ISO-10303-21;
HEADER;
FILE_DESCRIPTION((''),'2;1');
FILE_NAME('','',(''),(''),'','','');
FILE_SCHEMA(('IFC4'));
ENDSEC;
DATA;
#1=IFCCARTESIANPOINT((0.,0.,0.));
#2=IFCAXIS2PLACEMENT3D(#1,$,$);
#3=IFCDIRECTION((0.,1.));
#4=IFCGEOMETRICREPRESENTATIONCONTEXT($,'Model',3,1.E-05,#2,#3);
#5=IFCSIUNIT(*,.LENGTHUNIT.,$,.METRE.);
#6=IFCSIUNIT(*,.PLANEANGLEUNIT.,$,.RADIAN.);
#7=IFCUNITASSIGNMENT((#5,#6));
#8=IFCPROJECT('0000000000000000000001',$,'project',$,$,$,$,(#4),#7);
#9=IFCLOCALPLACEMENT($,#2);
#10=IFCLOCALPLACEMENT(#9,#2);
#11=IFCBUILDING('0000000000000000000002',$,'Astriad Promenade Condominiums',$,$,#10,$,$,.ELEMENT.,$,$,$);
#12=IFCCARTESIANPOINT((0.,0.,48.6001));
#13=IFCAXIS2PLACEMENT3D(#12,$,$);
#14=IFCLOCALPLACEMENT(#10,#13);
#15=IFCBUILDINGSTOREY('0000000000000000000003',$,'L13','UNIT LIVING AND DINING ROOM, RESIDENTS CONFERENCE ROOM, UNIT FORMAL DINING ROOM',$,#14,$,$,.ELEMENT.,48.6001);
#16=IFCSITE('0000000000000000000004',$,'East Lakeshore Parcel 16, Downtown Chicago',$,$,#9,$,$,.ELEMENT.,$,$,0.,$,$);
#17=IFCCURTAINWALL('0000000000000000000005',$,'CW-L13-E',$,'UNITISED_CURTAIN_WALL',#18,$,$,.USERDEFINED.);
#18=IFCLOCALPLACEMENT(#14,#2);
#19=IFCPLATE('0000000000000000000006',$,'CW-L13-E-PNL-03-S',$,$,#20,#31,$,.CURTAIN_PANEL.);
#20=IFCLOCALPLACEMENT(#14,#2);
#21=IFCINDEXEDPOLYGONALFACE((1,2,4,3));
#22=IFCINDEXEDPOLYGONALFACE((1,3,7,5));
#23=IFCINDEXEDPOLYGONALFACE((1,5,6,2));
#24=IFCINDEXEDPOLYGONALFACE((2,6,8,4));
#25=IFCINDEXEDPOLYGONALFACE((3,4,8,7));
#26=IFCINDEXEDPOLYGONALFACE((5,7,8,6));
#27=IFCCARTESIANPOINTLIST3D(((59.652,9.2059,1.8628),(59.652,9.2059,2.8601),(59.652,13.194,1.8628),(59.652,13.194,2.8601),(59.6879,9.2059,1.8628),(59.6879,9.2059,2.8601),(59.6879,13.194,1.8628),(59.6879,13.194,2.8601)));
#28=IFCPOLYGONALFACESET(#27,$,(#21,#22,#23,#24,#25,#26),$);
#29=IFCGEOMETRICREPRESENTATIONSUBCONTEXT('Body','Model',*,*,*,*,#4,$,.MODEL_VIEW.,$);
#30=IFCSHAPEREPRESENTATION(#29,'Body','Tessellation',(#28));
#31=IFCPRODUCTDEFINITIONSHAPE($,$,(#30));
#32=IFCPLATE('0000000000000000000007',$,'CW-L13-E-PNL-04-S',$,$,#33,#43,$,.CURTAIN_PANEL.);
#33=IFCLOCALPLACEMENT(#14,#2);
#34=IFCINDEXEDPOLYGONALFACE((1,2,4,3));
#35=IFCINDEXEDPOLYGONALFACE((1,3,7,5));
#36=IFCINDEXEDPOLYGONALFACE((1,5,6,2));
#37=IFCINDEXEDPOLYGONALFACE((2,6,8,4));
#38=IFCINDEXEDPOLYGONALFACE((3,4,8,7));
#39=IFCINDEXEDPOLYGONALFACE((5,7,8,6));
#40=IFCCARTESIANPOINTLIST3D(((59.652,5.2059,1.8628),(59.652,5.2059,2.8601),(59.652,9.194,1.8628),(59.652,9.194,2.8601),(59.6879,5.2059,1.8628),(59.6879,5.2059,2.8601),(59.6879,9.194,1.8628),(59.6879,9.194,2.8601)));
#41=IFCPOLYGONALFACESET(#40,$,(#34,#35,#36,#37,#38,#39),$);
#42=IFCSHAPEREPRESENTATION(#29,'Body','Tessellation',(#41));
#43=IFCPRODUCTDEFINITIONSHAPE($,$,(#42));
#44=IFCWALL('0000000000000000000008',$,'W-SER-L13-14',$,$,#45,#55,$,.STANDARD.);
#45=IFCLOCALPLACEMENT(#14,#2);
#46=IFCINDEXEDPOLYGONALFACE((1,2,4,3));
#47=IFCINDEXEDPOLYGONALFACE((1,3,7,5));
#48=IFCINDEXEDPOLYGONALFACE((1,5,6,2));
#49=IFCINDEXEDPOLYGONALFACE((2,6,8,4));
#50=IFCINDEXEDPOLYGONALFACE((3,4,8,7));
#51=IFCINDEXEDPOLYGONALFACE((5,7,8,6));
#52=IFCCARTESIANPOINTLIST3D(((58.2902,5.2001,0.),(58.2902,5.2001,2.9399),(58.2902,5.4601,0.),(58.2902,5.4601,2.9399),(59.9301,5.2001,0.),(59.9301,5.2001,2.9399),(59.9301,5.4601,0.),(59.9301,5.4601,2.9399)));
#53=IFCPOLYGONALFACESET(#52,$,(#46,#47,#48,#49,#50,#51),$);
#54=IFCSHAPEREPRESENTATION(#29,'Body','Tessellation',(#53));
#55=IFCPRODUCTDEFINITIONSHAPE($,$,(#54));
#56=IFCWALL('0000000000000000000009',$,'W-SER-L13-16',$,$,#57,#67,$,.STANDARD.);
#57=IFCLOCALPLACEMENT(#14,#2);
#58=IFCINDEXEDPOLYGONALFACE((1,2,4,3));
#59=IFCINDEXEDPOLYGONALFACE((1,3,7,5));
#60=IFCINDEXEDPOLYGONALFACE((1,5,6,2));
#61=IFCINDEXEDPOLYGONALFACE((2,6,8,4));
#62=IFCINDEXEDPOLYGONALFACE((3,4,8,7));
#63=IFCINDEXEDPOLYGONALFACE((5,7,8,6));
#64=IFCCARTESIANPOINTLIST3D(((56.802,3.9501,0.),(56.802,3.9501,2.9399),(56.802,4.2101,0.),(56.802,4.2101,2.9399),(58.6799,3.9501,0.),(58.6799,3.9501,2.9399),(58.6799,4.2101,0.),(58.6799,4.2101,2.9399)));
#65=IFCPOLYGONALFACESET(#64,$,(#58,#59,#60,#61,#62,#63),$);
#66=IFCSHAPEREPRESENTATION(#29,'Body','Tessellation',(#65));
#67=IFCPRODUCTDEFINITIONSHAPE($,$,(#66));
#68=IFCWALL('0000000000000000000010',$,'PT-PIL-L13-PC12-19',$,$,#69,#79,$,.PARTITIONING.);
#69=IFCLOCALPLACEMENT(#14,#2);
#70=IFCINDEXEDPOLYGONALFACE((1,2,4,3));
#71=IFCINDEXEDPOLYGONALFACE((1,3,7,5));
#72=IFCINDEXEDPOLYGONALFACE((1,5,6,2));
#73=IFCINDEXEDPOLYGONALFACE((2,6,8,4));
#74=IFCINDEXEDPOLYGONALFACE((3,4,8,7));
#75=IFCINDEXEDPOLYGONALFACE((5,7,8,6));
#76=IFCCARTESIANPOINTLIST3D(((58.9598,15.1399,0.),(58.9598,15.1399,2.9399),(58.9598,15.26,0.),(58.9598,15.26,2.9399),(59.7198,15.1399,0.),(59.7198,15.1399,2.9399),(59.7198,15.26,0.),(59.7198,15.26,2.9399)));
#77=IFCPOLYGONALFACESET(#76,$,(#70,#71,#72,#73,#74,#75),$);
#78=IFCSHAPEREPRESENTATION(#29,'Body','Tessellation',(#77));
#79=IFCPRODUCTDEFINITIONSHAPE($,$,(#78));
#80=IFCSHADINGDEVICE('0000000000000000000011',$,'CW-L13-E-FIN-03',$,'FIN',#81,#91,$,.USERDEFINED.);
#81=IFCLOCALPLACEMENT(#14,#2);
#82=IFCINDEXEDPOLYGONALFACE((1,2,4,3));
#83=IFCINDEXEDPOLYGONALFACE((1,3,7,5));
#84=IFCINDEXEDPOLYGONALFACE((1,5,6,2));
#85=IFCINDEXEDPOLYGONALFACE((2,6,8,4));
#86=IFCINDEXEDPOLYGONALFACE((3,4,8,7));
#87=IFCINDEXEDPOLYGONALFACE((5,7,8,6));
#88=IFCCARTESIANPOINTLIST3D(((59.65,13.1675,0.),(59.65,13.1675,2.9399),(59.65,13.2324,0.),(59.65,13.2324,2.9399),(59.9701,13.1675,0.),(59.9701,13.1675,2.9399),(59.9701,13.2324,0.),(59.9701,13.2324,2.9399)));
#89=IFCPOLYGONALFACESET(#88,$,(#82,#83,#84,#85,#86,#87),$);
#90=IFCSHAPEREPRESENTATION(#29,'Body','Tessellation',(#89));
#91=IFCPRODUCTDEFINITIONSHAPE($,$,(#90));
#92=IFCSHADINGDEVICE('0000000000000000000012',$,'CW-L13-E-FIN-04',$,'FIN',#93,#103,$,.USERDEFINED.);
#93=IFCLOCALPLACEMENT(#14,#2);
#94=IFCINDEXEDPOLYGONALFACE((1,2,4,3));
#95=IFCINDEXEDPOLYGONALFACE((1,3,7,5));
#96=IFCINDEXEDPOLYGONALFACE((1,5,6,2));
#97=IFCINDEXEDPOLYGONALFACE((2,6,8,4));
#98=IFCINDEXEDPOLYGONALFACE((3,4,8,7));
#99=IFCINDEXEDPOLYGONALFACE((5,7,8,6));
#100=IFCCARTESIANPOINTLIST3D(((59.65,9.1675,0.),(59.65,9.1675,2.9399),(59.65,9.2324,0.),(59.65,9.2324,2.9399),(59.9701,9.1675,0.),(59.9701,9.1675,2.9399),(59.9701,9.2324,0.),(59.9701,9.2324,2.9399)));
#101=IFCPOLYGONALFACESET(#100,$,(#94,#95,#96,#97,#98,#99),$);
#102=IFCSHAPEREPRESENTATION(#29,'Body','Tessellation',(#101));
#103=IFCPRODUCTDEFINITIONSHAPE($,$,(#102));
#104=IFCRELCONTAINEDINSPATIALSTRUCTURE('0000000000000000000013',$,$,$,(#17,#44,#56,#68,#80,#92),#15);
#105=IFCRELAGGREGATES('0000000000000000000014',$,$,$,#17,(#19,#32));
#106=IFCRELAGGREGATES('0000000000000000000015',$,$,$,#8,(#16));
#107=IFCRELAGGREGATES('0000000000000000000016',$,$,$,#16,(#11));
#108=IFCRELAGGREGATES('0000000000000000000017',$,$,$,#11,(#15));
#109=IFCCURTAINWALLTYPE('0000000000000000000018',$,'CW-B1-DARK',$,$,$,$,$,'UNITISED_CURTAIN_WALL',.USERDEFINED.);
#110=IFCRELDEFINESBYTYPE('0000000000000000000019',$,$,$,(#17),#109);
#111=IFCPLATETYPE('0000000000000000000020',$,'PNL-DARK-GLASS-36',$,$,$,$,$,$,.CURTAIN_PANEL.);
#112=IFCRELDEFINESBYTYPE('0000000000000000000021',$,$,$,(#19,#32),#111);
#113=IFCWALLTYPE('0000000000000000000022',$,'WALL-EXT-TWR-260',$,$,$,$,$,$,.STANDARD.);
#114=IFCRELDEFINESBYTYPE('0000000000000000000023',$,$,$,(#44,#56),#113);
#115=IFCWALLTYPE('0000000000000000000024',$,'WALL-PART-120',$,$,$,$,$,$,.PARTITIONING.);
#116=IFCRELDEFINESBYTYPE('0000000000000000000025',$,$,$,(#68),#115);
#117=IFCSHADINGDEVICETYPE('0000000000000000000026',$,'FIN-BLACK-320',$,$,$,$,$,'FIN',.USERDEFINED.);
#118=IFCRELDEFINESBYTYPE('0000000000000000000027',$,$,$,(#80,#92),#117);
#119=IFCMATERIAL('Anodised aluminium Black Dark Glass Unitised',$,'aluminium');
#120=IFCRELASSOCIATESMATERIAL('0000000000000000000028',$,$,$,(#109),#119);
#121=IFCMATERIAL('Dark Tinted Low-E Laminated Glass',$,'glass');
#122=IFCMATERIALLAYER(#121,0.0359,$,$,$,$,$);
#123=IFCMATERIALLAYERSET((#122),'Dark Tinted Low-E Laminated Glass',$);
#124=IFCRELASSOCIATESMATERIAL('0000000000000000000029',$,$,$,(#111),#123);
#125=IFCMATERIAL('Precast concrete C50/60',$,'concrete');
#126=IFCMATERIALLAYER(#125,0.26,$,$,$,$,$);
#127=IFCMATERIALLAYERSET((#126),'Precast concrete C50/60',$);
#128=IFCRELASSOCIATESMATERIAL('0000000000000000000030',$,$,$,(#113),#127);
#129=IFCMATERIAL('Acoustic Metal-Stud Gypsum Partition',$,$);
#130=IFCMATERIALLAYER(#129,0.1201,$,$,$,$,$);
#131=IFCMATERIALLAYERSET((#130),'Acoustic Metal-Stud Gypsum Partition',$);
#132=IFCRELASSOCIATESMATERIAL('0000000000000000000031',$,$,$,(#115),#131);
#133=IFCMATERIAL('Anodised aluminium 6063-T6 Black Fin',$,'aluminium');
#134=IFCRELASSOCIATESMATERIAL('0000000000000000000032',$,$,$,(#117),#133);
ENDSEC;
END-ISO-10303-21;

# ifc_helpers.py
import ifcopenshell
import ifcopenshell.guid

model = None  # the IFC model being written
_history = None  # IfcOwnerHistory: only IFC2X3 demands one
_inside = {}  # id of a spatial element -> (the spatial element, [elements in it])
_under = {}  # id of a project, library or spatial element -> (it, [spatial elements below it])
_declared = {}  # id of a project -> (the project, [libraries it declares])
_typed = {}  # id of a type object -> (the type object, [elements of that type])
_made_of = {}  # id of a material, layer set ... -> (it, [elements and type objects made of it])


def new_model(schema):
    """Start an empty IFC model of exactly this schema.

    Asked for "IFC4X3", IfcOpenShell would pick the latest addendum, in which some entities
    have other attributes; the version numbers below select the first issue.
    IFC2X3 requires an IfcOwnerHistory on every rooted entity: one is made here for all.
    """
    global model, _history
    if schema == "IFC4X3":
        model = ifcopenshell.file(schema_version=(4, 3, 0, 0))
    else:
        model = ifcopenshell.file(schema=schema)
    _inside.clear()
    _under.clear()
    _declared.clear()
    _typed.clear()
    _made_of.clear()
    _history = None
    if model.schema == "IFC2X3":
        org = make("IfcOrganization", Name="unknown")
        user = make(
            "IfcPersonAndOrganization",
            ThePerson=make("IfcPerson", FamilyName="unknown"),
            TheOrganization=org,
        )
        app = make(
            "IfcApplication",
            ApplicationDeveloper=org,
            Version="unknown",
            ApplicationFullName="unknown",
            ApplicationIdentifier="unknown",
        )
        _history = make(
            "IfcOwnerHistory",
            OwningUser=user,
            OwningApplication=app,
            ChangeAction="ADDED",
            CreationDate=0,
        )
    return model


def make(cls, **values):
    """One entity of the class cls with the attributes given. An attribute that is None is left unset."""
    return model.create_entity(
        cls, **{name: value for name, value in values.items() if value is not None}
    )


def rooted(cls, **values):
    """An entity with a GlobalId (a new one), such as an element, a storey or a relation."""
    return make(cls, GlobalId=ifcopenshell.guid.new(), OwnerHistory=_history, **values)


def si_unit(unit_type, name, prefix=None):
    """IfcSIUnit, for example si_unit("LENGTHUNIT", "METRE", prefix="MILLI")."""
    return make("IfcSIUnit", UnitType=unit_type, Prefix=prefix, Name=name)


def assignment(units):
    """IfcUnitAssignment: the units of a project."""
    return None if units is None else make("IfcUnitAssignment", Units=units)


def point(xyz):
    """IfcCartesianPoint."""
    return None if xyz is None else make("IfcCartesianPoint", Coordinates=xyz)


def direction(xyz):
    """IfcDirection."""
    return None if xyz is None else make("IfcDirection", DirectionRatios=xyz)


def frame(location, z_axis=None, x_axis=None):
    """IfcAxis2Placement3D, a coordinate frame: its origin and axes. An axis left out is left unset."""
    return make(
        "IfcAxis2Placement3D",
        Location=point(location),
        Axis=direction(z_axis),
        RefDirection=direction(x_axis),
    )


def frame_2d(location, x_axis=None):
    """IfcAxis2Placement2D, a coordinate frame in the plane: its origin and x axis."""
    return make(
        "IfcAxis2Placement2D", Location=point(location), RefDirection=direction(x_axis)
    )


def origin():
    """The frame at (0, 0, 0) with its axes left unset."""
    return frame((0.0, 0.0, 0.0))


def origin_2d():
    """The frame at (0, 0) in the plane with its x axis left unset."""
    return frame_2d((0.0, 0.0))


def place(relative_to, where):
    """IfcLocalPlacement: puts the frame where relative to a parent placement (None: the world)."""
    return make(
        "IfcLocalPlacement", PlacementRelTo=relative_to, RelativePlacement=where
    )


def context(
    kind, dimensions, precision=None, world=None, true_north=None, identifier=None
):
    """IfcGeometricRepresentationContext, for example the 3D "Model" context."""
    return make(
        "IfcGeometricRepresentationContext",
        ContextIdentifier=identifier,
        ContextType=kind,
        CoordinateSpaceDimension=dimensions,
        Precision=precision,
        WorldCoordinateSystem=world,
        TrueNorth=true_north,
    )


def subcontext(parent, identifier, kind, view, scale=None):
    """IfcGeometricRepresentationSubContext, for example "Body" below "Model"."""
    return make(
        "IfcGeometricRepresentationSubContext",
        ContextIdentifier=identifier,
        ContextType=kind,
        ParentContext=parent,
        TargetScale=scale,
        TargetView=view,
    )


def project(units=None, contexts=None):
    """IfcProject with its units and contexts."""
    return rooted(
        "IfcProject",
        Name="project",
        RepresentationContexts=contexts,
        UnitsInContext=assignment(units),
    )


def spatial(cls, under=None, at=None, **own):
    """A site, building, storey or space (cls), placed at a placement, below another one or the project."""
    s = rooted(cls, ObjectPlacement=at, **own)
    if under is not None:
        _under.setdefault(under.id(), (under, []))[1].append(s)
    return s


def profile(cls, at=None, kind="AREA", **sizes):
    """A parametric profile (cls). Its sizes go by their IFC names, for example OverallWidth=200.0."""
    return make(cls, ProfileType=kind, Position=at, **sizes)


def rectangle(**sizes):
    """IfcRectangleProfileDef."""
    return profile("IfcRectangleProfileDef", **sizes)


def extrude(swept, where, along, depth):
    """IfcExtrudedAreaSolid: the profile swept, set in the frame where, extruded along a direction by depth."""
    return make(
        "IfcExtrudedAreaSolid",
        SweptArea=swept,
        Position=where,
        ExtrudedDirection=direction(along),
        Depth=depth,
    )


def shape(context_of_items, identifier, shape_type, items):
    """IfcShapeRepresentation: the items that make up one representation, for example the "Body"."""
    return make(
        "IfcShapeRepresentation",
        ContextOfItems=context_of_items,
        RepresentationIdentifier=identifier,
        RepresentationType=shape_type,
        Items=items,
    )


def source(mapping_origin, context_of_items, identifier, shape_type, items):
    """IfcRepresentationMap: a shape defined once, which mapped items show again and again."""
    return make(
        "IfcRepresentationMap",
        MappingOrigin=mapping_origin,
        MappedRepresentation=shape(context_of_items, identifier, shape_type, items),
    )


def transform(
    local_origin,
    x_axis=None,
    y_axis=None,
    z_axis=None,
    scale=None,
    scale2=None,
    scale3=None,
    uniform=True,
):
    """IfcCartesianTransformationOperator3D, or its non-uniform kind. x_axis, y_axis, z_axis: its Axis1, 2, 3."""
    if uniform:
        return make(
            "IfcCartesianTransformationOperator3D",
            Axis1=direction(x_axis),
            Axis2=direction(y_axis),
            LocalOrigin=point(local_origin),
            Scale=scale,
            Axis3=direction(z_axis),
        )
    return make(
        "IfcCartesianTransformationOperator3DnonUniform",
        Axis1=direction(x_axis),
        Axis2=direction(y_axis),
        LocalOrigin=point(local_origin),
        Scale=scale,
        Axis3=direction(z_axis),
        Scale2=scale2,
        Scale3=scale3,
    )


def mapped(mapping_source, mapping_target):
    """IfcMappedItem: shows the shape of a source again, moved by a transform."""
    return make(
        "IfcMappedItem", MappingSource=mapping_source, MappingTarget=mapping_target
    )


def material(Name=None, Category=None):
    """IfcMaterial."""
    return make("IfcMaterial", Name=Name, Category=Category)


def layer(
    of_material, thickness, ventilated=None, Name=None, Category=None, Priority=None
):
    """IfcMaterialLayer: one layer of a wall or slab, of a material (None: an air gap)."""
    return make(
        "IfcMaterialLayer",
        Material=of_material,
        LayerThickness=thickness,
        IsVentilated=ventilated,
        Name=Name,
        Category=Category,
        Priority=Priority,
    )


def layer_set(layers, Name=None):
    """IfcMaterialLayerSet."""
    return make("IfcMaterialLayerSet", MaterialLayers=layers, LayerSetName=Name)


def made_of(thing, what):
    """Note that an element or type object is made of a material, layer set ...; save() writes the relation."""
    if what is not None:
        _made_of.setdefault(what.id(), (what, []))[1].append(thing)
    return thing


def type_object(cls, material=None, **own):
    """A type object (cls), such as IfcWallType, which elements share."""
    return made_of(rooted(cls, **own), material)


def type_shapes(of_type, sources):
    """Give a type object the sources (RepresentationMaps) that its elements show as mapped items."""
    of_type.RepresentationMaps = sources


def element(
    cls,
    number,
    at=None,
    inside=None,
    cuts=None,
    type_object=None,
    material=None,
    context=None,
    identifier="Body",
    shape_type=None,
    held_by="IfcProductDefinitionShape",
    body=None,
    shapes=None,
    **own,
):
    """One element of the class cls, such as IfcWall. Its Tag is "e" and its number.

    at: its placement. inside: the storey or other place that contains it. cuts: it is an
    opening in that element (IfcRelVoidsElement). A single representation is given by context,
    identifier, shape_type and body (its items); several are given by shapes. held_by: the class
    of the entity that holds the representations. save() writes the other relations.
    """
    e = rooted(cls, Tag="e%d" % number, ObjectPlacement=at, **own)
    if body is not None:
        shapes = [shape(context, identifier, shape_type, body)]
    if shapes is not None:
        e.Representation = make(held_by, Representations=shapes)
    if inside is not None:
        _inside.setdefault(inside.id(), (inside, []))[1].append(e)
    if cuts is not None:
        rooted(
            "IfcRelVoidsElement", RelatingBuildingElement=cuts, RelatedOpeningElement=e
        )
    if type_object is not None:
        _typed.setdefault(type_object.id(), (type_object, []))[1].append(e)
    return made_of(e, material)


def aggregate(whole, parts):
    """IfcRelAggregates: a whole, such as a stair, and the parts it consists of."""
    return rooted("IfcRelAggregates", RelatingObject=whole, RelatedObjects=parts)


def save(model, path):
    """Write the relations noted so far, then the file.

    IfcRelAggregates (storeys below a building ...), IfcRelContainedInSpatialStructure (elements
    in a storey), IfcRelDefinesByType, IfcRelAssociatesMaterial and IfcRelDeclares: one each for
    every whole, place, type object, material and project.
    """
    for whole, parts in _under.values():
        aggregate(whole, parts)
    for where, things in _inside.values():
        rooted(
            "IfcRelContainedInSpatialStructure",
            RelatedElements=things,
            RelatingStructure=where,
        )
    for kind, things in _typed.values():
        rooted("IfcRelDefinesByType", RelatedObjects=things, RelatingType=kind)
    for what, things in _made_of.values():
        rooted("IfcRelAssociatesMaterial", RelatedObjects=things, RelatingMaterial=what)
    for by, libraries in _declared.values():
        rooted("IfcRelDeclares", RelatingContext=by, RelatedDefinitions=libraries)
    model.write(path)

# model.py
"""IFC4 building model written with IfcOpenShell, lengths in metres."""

from ifc_helpers import new_model, si_unit, direction, frame, frame_2d, origin, origin_2d, place, context, subcontext, project, spatial, rectangle, extrude, source, transform, mapped, material, layer, layer_set, type_object, type_shapes, element, aggregate, save


model = new_model("IFC4")

# Units and contexts
model_context = context("Model", 3, precision=1e-05, world=origin(), true_north=direction((0.0, 1.0)))
body_context = subcontext(model_context, "Body", "Model", "MODEL_VIEW")
ifc_project = project(units=[si_unit("LENGTHUNIT", "METRE"), si_unit("PLANEANGLEUNIT", "RADIAN")], contexts=[model_context])

# Site, building, storey
site_placement = place(None, origin())
site = spatial("IfcSite", under=ifc_project, at=site_placement, Name="East Lakeshore Parcel 16, Downtown Chicago", CompositionType="ELEMENT", RefElevation=0.0)
building_placement = place(site_placement, origin())
building = spatial("IfcBuilding", under=site, at=building_placement, Name="Astriad Promenade Condominiums", CompositionType="ELEMENT")
storey_placement = place(building_placement, frame((0.0, 0.0, 48.6001)))
storey = spatial("IfcBuildingStorey", under=building, at=storey_placement, Name="L13", Description="UNIT LIVING AND DINING ROOM, RESIDENTS CONFERENCE ROOM, UNIT FORMAL DINING ROOM", CompositionType="ELEMENT", Elevation=48.6001)

# Curtain wall, plates
ifc_material_1 = material(Name="Anodised aluminium Black Dark Glass Unitised", Category="aluminium")
curtain_wall_type = type_object("IfcCurtainWallType", Name="CW-B1-DARK", ElementType="UNITISED_CURTAIN_WALL", PredefinedType="USERDEFINED", material=ifc_material_1)
curtain_wall_placement = place(storey_placement, origin())
curtain_wall = element("IfcCurtainWall", 1, at=curtain_wall_placement, inside=storey, type_object=curtain_wall_type, Name="CW-L13-E", ObjectType="UNITISED_CURTAIN_WALL", PredefinedType="USERDEFINED")
ifc_material_2 = material(Name="Dark Tinted Low-E Laminated Glass", Category="glass")
ifc_layer_1 = layer(ifc_material_2, 0.0359)
ifc_layer_set_1 = layer_set([ifc_layer_1], Name="Dark Tinted Low-E Laminated Glass")
plate_type = type_object("IfcPlateType", Name="PNL-DARK-GLASS-36", PredefinedType="CURTAIN_PANEL", material=ifc_layer_set_1)
shared_shape_1 = source(origin(), body_context, "Body", "SweptSolid", [
    extrude(rectangle(XDim=3.988, YDim=0.0359, at=origin_2d()), origin(), (0.0, 0.0, 1.0), 0.9973),
])
plate_1_placement = place(storey_placement, frame((59.6699, 11.2, 1.8628), z_axis=(0.0, 0.0, 1.0), x_axis=(0.0, -1.0, 0.0)))
plate_1 = element("IfcPlate", 2, at=plate_1_placement, type_object=plate_type, Name="CW-L13-E-PNL-03-S", PredefinedType="CURTAIN_PANEL", context=body_context, shape_type="MappedRepresentation", body=[
    mapped(shared_shape_1, transform((0.0, 0.0, 0.0), scale=1.0)),
])
plate_2_placement = place(storey_placement, frame((59.6699, 7.2, 1.8628), z_axis=(0.0, 0.0, 1.0), x_axis=(0.0, -1.0, 0.0)))
plate_2 = element("IfcPlate", 3, at=plate_2_placement, type_object=plate_type, Name="CW-L13-E-PNL-04-S", PredefinedType="CURTAIN_PANEL", context=body_context, shape_type="MappedRepresentation", body=[
    mapped(shared_shape_1, transform((0.0, 0.0, 0.0), scale=1.0)),
])
aggregate(curtain_wall, [plate_1, plate_2])

# Walls
ifc_material_3 = material(Name="Precast concrete C50/60", Category="concrete")
ifc_layer_2 = layer(ifc_material_3, 0.26)
ifc_layer_set_2 = layer_set([ifc_layer_2], Name="Precast concrete C50/60")
wall_type_1 = type_object("IfcWallType", Name="WALL-EXT-TWR-260", PredefinedType="STANDARD", material=ifc_layer_set_2)
wall_1_placement = place(storey_placement, frame((59.9299, 5.3301, 0.0), z_axis=(0.0, 0.0, 1.0), x_axis=(-1.0, 0.0, 0.0)))
element("IfcWall", 4, at=wall_1_placement, inside=storey, type_object=wall_type_1, Name="W-SER-L13-14", PredefinedType="STANDARD", context=body_context, shape_type="SweptSolid", body=[
    extrude(rectangle(XDim=1.6399, YDim=0.26, at=frame_2d((0.8198, 0.0))), origin(), (0.0, 0.0, 1.0), 2.9399),
])
wall_2_placement = place(storey_placement, frame((58.6799, 4.0801, 0.0), z_axis=(0.0, 0.0, 1.0), x_axis=(-1.0, 0.0, 0.0)))
element("IfcWall", 5, at=wall_2_placement, inside=storey, type_object=wall_type_1, Name="W-SER-L13-16", PredefinedType="STANDARD", context=body_context, shape_type="SweptSolid", body=[
    extrude(rectangle(XDim=1.8779, YDim=0.26, at=frame_2d((0.939, 0.0))), origin(), (0.0, 0.0, 1.0), 2.9399),
])
ifc_material_4 = material(Name="Acoustic Metal-Stud Gypsum Partition")
ifc_layer_3 = layer(ifc_material_4, 0.1201)
ifc_layer_set_3 = layer_set([ifc_layer_3], Name="Acoustic Metal-Stud Gypsum Partition")
wall_type_2 = type_object("IfcWallType", Name="WALL-PART-120", PredefinedType="PARTITIONING", material=ifc_layer_set_3)
wall_3_placement = place(storey_placement, frame((58.96, 15.2, 0.0), z_axis=(0.0, 0.0, 1.0), x_axis=(1.0, 0.0, 0.0)))
element("IfcWall", 6, at=wall_3_placement, inside=storey, type_object=wall_type_2, Name="PT-PIL-L13-PC12-19", PredefinedType="PARTITIONING", context=body_context, shape_type="SweptSolid", body=[
    extrude(rectangle(XDim=0.76, YDim=0.1201, at=frame_2d((0.3799, 0.0))), origin(), (0.0, 0.0, 1.0), 2.9399),
])

# Shading devices
ifc_material_5 = material(Name="Anodised aluminium 6063-T6 Black Fin", Category="aluminium")
shading_device_type = type_object("IfcShadingDeviceType", Name="FIN-BLACK-320", ElementType="FIN", PredefinedType="USERDEFINED", material=ifc_material_5)
shared_shape_2 = source(origin(), body_context, "Body", "SweptSolid", [
    extrude(rectangle(XDim=0.0649, YDim=0.3201, at=origin_2d()), origin(), (0.0, 0.0, 1.0), 2.9399),
])
type_shapes(shading_device_type, [shared_shape_2])
for number, where, z_axis, x_axis, name in (
    (7, (59.8101, 13.2, 0.0), (0.0, 0.0, 1.0), (0.0, -1.0, 0.0), "CW-L13-E-FIN-03"),
    (8, (59.8101, 9.2, 0.0), (0.0, 0.0, 1.0), (0.0, -1.0, 0.0), "CW-L13-E-FIN-04"),
):
    element("IfcShadingDevice", number, at=place(storey_placement, frame(where, z_axis=z_axis, x_axis=x_axis)), inside=storey, type_object=shading_device_type, Name=name, ObjectType="FIN", PredefinedType="USERDEFINED", context=body_context, shape_type="MappedRepresentation", body=[
        mapped(shared_shape_2, transform((0.0, 0.0, 0.0), scale=1.0)),
    ])

save(model, "model.ifc")
